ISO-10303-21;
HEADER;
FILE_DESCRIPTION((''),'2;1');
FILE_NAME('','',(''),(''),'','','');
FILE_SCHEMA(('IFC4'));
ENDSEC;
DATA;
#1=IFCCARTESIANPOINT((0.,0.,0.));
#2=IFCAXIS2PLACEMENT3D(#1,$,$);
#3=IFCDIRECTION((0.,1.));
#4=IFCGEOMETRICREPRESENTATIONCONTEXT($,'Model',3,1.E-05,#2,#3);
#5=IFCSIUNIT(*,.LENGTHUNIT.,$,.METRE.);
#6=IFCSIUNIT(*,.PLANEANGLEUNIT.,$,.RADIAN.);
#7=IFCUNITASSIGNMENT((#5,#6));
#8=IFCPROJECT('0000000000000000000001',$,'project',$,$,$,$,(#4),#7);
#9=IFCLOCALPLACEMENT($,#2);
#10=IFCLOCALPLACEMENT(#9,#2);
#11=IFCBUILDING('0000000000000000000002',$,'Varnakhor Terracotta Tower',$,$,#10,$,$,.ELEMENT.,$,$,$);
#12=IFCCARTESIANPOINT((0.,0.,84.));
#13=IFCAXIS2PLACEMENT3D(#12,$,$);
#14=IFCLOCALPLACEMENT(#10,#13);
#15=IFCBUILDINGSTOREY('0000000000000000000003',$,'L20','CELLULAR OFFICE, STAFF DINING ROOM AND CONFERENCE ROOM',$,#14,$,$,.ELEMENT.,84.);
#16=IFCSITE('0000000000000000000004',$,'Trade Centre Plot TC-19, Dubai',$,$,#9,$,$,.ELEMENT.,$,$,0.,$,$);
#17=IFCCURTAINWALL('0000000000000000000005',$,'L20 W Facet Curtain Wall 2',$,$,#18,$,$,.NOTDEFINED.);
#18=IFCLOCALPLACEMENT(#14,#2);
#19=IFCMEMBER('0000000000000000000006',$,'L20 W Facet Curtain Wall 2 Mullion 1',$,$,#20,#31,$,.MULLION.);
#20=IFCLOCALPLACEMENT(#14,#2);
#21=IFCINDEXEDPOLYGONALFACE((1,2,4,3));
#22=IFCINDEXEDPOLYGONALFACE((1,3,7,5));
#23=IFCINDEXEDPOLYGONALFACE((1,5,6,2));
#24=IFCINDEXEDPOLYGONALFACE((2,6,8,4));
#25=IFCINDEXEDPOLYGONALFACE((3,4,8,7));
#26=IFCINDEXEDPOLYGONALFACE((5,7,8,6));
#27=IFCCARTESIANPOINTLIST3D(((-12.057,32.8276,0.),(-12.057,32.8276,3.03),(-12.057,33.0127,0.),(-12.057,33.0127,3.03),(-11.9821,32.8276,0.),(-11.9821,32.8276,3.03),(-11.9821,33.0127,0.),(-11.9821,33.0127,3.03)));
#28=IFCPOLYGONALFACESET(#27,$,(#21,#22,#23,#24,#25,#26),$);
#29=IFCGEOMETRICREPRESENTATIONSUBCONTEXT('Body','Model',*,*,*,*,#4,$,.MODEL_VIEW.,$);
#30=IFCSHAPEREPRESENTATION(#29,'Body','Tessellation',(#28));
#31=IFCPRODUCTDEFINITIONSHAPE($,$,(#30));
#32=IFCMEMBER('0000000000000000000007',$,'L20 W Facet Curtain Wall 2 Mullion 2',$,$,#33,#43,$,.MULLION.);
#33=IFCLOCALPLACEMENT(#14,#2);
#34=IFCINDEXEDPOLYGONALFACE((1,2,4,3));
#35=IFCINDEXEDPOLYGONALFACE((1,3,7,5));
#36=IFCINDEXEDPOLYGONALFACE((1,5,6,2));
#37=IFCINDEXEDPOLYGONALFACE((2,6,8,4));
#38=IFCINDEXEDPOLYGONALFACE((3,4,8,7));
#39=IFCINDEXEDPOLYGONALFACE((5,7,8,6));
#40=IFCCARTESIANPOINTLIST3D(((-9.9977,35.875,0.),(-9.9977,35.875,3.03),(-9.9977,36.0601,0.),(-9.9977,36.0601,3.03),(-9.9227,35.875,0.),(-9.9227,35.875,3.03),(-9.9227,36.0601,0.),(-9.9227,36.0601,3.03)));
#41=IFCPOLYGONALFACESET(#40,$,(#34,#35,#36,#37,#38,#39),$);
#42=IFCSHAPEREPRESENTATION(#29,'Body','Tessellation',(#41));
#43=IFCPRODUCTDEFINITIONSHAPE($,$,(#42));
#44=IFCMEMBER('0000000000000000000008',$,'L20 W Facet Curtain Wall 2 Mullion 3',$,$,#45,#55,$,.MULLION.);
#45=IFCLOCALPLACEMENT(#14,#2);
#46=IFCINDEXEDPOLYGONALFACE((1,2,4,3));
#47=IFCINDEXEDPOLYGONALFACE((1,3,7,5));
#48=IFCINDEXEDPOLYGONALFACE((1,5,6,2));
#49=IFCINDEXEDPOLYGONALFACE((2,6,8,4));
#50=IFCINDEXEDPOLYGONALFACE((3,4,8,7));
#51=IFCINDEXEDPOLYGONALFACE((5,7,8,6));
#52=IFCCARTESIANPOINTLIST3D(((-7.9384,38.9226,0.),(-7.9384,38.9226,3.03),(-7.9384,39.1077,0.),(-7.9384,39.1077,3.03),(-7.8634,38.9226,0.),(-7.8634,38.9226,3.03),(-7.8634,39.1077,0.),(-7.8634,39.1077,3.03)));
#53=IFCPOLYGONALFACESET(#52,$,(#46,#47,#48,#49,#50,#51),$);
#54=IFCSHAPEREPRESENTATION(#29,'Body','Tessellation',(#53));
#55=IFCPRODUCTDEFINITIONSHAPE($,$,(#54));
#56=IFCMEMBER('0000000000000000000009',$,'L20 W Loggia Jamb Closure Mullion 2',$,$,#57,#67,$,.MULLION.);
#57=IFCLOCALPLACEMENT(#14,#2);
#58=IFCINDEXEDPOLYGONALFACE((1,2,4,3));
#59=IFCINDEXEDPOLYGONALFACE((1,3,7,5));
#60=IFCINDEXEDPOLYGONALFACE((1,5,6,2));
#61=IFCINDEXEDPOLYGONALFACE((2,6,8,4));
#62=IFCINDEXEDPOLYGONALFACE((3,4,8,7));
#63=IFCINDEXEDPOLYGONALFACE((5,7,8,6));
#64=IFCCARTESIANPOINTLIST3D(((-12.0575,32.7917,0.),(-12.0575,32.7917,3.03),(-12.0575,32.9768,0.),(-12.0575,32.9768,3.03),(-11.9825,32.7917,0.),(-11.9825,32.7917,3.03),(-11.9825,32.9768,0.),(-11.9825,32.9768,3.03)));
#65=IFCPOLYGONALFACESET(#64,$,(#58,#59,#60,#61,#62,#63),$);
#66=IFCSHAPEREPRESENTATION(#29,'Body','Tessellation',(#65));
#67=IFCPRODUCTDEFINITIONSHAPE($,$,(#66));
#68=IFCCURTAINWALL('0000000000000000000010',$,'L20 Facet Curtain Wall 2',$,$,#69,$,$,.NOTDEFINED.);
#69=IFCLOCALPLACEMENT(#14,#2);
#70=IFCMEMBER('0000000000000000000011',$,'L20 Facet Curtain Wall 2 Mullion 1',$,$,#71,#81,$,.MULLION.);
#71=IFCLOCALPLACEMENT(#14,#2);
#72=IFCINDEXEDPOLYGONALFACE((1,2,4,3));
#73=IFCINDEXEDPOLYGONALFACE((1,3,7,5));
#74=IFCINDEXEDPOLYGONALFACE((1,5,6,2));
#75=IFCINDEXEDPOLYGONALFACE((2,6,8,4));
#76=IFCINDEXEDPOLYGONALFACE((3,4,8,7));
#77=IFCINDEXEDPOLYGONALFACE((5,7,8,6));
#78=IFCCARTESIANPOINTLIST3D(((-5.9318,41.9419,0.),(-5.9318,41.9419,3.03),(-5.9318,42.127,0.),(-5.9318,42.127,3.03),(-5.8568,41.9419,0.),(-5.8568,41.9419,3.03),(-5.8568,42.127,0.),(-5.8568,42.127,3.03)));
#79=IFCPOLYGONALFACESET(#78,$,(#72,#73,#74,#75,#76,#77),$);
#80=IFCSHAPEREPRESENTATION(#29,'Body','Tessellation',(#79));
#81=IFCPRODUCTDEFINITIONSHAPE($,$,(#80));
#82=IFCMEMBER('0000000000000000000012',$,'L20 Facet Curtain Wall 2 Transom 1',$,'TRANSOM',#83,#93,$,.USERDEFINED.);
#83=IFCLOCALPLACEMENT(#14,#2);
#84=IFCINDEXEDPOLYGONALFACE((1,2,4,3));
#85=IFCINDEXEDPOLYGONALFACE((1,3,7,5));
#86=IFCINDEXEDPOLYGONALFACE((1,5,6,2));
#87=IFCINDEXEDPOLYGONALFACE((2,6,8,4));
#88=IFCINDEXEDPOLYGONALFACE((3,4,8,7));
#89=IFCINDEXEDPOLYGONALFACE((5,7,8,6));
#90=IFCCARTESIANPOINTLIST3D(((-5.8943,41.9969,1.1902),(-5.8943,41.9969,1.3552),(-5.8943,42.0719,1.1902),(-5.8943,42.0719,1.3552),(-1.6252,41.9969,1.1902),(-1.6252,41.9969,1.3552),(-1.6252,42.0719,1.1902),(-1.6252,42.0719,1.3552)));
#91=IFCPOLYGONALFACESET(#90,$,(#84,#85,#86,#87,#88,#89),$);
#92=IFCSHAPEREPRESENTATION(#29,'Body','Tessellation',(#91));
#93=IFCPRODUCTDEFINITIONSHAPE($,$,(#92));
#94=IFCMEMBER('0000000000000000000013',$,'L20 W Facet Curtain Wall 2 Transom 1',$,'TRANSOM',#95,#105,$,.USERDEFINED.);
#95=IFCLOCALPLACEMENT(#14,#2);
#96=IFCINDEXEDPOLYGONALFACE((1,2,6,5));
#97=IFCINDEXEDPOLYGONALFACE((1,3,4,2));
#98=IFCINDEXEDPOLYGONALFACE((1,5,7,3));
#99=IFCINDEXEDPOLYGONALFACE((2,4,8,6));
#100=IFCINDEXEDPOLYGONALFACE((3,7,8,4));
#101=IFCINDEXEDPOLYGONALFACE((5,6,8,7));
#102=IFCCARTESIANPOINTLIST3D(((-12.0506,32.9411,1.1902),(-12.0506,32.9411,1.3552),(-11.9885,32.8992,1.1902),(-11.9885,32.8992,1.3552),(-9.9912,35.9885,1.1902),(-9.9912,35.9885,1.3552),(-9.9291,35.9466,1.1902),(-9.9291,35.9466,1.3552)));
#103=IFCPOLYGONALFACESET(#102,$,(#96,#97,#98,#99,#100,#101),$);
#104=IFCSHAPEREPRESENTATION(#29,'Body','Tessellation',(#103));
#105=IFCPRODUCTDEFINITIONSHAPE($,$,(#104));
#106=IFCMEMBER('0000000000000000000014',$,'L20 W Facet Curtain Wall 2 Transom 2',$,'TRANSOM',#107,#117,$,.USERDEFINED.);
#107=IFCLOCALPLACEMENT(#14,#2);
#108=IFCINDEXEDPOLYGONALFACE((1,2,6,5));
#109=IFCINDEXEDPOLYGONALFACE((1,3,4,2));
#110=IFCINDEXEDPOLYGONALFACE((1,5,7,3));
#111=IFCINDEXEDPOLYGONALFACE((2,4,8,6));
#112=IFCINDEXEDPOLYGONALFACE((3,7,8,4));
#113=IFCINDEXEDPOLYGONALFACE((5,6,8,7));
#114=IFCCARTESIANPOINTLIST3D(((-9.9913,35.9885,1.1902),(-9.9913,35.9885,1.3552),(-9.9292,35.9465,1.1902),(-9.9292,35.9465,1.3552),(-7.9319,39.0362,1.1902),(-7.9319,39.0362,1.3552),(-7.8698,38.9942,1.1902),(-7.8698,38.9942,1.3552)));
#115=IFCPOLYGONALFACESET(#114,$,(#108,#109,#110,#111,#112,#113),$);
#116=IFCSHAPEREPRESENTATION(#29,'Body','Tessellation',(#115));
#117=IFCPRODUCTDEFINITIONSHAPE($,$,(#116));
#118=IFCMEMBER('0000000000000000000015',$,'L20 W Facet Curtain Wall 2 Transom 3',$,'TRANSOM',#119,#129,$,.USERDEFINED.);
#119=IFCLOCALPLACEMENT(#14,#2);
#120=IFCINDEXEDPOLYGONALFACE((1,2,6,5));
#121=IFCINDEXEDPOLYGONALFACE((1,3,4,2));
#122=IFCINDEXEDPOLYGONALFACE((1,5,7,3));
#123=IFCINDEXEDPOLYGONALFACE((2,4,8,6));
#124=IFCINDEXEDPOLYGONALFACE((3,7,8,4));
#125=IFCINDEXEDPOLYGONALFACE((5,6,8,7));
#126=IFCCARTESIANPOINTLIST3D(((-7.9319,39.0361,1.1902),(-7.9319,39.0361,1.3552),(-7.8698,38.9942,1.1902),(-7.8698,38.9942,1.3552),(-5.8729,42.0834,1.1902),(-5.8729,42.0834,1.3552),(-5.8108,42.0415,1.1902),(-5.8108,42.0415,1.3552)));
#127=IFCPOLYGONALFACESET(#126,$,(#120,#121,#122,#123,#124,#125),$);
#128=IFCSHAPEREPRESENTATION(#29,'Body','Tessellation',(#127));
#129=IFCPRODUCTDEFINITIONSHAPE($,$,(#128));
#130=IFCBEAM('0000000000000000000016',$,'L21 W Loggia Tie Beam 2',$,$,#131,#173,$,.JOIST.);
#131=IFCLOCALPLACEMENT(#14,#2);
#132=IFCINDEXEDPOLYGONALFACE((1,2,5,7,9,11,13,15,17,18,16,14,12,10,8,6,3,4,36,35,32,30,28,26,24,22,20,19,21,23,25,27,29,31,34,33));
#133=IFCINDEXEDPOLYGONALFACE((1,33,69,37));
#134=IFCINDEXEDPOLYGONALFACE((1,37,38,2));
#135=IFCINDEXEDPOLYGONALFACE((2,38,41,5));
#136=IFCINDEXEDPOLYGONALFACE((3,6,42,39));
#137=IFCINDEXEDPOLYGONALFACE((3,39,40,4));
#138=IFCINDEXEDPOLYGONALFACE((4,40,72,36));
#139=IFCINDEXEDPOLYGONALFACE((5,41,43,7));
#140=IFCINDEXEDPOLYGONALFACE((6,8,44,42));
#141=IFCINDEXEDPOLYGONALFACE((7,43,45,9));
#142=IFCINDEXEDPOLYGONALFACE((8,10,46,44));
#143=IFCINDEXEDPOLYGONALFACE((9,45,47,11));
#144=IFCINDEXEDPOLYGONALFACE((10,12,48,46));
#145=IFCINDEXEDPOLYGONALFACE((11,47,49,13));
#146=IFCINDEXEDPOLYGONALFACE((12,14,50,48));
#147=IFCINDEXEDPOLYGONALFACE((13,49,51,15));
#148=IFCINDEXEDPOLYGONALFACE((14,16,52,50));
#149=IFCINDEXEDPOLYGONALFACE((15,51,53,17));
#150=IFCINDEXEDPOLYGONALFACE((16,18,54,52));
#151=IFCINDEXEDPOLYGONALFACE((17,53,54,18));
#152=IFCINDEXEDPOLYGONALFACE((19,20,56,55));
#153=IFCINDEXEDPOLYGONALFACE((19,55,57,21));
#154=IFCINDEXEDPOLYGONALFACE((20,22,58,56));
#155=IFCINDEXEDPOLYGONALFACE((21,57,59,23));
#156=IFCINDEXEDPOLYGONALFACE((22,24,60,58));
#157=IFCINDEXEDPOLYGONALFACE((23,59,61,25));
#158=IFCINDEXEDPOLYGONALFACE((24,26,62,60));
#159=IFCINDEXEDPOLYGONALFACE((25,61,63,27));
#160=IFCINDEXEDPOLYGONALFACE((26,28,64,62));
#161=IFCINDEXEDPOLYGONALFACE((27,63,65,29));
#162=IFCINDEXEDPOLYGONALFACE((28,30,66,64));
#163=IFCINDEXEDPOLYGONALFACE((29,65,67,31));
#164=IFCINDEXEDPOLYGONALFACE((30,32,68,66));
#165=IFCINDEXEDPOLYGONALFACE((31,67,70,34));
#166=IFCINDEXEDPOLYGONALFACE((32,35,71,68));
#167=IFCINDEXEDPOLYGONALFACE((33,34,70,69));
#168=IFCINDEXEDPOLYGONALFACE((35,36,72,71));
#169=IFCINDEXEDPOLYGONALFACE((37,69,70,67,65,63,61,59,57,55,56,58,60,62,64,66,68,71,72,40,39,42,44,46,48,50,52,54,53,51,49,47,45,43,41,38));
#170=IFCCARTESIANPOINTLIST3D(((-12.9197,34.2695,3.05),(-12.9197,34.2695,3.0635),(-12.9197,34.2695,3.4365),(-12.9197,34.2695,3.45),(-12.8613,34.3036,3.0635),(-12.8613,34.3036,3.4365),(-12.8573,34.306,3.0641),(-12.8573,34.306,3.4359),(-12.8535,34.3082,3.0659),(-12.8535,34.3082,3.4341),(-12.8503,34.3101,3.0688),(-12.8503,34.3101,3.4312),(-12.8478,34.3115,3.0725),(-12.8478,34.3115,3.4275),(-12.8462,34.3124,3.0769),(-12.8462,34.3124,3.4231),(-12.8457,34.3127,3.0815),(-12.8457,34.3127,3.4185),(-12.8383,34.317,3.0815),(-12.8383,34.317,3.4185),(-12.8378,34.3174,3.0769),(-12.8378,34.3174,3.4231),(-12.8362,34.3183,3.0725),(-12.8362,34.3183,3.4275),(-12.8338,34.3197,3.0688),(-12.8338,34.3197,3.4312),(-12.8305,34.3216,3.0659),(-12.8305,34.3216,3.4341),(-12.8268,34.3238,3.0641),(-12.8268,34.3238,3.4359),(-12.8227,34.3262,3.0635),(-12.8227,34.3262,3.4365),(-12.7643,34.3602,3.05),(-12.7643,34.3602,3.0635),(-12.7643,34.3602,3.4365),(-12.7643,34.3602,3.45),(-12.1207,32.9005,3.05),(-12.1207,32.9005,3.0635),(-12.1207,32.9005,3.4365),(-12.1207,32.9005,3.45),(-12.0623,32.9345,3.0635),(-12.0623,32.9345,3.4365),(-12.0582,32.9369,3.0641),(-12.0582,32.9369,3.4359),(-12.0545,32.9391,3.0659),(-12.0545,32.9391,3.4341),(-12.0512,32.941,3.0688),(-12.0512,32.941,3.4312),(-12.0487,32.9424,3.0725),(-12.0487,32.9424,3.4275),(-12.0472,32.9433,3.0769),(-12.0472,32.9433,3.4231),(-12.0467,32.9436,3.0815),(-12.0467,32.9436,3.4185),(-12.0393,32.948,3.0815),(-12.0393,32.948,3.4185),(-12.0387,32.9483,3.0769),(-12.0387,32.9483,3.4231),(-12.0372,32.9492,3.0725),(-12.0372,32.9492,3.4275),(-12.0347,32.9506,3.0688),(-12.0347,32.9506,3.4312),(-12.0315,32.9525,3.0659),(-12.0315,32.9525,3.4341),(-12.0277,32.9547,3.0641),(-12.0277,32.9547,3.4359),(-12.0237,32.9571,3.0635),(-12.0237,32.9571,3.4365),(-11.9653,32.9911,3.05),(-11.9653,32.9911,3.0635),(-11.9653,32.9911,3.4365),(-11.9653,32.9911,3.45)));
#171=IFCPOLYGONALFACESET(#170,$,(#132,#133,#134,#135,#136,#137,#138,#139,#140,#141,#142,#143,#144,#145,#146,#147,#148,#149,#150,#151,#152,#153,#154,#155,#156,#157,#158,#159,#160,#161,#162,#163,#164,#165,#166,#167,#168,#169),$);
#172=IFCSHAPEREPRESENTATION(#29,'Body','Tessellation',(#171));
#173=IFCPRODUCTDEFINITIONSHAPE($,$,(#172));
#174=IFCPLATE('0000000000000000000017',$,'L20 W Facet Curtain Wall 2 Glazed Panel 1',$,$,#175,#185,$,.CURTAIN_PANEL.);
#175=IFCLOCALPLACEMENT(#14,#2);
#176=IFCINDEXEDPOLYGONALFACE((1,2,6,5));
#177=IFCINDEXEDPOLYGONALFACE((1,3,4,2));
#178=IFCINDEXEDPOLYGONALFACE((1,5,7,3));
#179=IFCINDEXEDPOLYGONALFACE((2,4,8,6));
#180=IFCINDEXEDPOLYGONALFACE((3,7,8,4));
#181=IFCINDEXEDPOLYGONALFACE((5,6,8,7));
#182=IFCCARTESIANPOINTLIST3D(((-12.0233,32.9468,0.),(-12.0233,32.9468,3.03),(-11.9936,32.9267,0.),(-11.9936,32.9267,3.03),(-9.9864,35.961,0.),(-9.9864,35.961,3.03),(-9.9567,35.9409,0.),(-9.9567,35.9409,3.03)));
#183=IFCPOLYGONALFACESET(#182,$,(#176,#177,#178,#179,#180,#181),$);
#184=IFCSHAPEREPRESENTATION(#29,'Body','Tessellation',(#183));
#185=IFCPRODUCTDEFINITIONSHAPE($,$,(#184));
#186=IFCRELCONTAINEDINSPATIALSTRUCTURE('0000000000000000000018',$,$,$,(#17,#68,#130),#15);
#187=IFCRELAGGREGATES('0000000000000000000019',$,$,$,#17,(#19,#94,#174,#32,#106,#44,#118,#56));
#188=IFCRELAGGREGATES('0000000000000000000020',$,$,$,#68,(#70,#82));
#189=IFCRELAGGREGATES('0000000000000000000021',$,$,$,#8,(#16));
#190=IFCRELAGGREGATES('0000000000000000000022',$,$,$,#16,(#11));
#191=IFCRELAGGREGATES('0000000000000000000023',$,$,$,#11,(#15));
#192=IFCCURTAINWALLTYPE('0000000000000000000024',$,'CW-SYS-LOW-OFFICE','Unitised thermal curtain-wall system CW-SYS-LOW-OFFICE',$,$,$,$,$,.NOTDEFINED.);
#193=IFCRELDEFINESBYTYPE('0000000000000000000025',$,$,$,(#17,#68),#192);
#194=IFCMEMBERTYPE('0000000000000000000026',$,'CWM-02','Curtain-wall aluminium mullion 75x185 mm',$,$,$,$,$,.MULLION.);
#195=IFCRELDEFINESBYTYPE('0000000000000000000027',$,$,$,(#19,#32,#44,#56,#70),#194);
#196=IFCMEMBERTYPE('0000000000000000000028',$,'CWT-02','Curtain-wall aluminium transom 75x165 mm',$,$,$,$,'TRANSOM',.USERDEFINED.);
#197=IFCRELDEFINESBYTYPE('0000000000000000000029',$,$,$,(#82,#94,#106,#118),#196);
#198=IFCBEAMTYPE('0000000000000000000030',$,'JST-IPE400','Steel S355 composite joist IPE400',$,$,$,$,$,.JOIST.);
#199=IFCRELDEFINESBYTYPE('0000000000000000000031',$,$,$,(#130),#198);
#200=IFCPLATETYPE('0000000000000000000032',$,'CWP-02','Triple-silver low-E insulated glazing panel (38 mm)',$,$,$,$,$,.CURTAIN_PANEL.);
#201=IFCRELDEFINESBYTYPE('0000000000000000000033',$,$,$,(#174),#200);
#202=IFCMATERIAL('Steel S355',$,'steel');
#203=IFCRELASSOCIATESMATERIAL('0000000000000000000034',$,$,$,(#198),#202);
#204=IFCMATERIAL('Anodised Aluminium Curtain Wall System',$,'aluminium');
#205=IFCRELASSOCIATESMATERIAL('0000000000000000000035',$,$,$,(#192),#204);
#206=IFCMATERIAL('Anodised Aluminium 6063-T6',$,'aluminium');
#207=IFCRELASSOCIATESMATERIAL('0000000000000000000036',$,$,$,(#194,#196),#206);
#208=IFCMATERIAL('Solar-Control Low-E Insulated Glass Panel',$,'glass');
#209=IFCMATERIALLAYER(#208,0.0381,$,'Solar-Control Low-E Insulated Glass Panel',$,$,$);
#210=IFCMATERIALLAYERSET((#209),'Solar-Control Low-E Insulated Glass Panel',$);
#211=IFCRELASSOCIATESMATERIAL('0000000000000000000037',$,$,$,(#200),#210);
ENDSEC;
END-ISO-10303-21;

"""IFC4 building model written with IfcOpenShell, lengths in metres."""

from ifc_helpers import new_model, si_unit, direction, frame, origin, origin_2d, place, context, subcontext, project, spatial, rectangle, i_section, extrude, source, transform, mapped, material, layer, layer_set, material_profile, profile_set, type_object, type_shapes, element, aggregate, save


model = new_model("IFC4")

# Units and contexts
model_context = context("Model", 3, precision=1e-05, world=origin(), true_north=direction((0.0, 1.0)))
body_context = subcontext(model_context, "Body", "Model", "MODEL_VIEW")
ifc_project = project(units=[si_unit("LENGTHUNIT", "METRE"), si_unit("PLANEANGLEUNIT", "RADIAN")], contexts=[model_context])

# Site, building, storey
site_placement = place(None, origin())
site = spatial("IfcSite", under=ifc_project, at=site_placement, Name="Trade Centre Plot TC-19, Dubai", CompositionType="ELEMENT", RefElevation=0.0)
building_placement = place(site_placement, origin())
building = spatial("IfcBuilding", under=site, at=building_placement, Name="Varnakhor Terracotta Tower", CompositionType="ELEMENT")
storey_placement = place(building_placement, frame((0.0, 0.0, 84.0)))
storey = spatial("IfcBuildingStorey", under=building, at=storey_placement, Name="L20", Description="CELLULAR OFFICE, STAFF DINING ROOM AND CONFERENCE ROOM", CompositionType="ELEMENT", Elevation=84.0)

# Shared definitions
ifc_material_1 = material(Name="Steel S355", Category="steel")
ifc_material_profile_1 = material_profile(ifc_material_1, i_section(OverallWidth=0.1799, OverallDepth=0.3999, WebThickness=0.0085, FlangeThickness=0.0134, FilletRadius=0.0181, at=origin_2d()), Name="IPE400")
ifc_profile_set_1 = profile_set([ifc_material_profile_1], Name="Steel S355")
beam_type_1 = type_object("IfcBeamType", Name="JST-IPE400", Description="Steel S355 composite joist IPE400", PredefinedType="JOIST", material=ifc_profile_set_1)

# Curtain walls, members
ifc_material_2 = material(Name="Anodised Aluminium Curtain Wall System", Category="aluminium")
curtain_wall_type = type_object("IfcCurtainWallType", Name="CW-SYS-LOW-OFFICE", Description="Unitised thermal curtain-wall system CW-SYS-LOW-OFFICE", PredefinedType="NOTDEFINED", material=ifc_material_2)
curtain_wall_1_placement = place(storey_placement, origin())
curtain_wall_1 = element("IfcCurtainWall", 1, at=curtain_wall_1_placement, inside=storey, type_object=curtain_wall_type, Name="L20 W Facet Curtain Wall 2", PredefinedType="NOTDEFINED")
ifc_material_3 = material(Name="Anodised Aluminium 6063-T6", Category="aluminium")
ifc_material_profile_2 = material_profile(ifc_material_3, rectangle(XDim=0.075, YDim=0.1851, at=origin_2d()), Name="ALU MULLION 75x185")
ifc_profile_set_2 = profile_set([ifc_material_profile_2], Name="Anodised Aluminium 6063-T6")
member_type_1 = type_object("IfcMemberType", Name="CWM-02", Description="Curtain-wall aluminium mullion 75x185 mm", PredefinedType="MULLION", material=ifc_profile_set_2)
shared_shape_1 = source(origin(), body_context, "Body", "SweptSolid", [
    extrude(rectangle(XDim=0.075, YDim=0.1851, at=origin_2d()), origin(), (0.0, 0.0, 1.0), 3.03),
])
type_shapes(member_type_1, [shared_shape_1])
member_1_placement = place(storey_placement, frame((-12.0195, 32.9202, 0.0), z_axis=(0.0, 0.0, 1.0), x_axis=(1.0, 0.0, 0.0)))
member_1 = element("IfcMember", 2, at=member_1_placement, type_object=member_type_1, Name="L20 W Facet Curtain Wall 2 Mullion 1", PredefinedType="MULLION", context=body_context, shape_type="MappedRepresentation", body=[
    mapped(shared_shape_1, transform((0.0, 0.0, 0.0), scale=1.0)),
])
member_2_placement = place(storey_placement, frame((-9.9602, 35.9675, 0.0), z_axis=(0.0, 0.0, 1.0), x_axis=(1.0, 0.0, 0.0)))
member_2 = element("IfcMember", 3, at=member_2_placement, type_object=member_type_1, Name="L20 W Facet Curtain Wall 2 Mullion 2", PredefinedType="MULLION", context=body_context, shape_type="MappedRepresentation", body=[
    mapped(shared_shape_1, transform((0.0, 0.0, 0.0), scale=1.0)),
])
member_3_placement = place(storey_placement, frame((-7.9009, 39.0151, 0.0), z_axis=(0.0, 0.0, 1.0), x_axis=(1.0, 0.0, 0.0)))
member_3 = element("IfcMember", 4, at=member_3_placement, type_object=member_type_1, Name="L20 W Facet Curtain Wall 2 Mullion 3", PredefinedType="MULLION", context=body_context, shape_type="MappedRepresentation", body=[
    mapped(shared_shape_1, transform((0.0, 0.0, 0.0), scale=1.0)),
])
member_4_placement = place(storey_placement, frame((-12.02, 32.8843, 0.0), z_axis=(0.0, 0.0, 1.0), x_axis=(1.0, 0.0, 0.0)))
member_4 = element("IfcMember", 5, at=member_4_placement, type_object=member_type_1, Name="L20 W Loggia Jamb Closure Mullion 2", PredefinedType="MULLION", context=body_context, shape_type="MappedRepresentation", body=[
    mapped(shared_shape_1, transform((0.0, 0.0, 0.0), scale=1.0)),
])
curtain_wall_2_placement = place(storey_placement, origin())
curtain_wall_2 = element("IfcCurtainWall", 6, at=curtain_wall_2_placement, inside=storey, type_object=curtain_wall_type, Name="L20 Facet Curtain Wall 2", PredefinedType="NOTDEFINED")
member_5_placement = place(storey_placement, frame((-5.8943, 42.0344, 0.0), z_axis=(0.0, 0.0, 1.0), x_axis=(1.0, 0.0, 0.0)))
member_5 = element("IfcMember", 7, at=member_5_placement, type_object=member_type_1, Name="L20 Facet Curtain Wall 2 Mullion 1", PredefinedType="MULLION", context=body_context, shape_type="MappedRepresentation", body=[
    mapped(shared_shape_1, transform((0.0, 0.0, 0.0), scale=1.0)),
])
ifc_material_profile_3 = material_profile(ifc_material_3, rectangle(XDim=0.075, YDim=0.165, at=origin_2d()), Name="ALU TRANSOM 75x165")
ifc_profile_set_3 = profile_set([ifc_material_profile_3], Name="Anodised Aluminium 6063-T6")
member_type_2 = type_object("IfcMemberType", Name="CWT-02", Description="Curtain-wall aluminium transom 75x165 mm", ElementType="TRANSOM", PredefinedType="USERDEFINED", material=ifc_profile_set_3)
shared_shape_2 = source(origin(), body_context, "Body", "SweptSolid", [
    extrude(rectangle(XDim=0.075, YDim=0.165, at=origin_2d()), origin(), (0.0, 0.0, 1.0), 4.269),
])
member_6_placement = place(storey_placement, frame((-5.8943, 42.0344, 1.2727), z_axis=(1.0, 0.0, 0.0), x_axis=(0.0, 1.0, 0.0)))
member_6 = element("IfcMember", 8, at=member_6_placement, type_object=member_type_2, Name="L20 Facet Curtain Wall 2 Transom 1", ObjectType="TRANSOM", PredefinedType="USERDEFINED", context=body_context, shape_type="MappedRepresentation", body=[
    mapped(shared_shape_2, transform((0.0, 0.0, 0.0), scale=1.0)),
])

# Members
shared_shape_3 = source(origin(), body_context, "Body", "SweptSolid", [
    extrude(rectangle(XDim=0.075, YDim=0.165, at=origin_2d()), origin(), (0.0, 0.0, 1.0), 3.678),
])
member_7_placement = place(storey_placement, frame((-12.0195, 32.9202, 1.2727), z_axis=(0.559913, 0.828552, 0.0), x_axis=(-0.828552, 0.559913, 0.0)))
member_7 = element("IfcMember", 9, at=member_7_placement, type_object=member_type_2, Name="L20 W Facet Curtain Wall 2 Transom 1", ObjectType="TRANSOM", PredefinedType="USERDEFINED", context=body_context, shape_type="MappedRepresentation", body=[
    mapped(shared_shape_3, transform((0.0, 0.0, 0.0), scale=1.0)),
])
shared_shape_4 = source(origin(), body_context, "Body", "SweptSolid", [
    extrude(rectangle(XDim=0.075, YDim=0.165, at=origin_2d()), origin(), (0.0, 0.0, 1.0), 3.6782),
])
member_8_placement = place(storey_placement, frame((-9.9602, 35.9675, 1.2727), z_axis=(0.559882, 0.828572, 0.0), x_axis=(-0.828572, 0.559882, 0.0)))
member_8 = element("IfcMember", 10, at=member_8_placement, type_object=member_type_2, Name="L20 W Facet Curtain Wall 2 Transom 2", ObjectType="TRANSOM", PredefinedType="USERDEFINED", context=body_context, shape_type="MappedRepresentation", body=[
    mapped(shared_shape_4, transform((0.0, 0.0, 0.0), scale=1.0)),
])
shared_shape_5 = source(origin(), body_context, "Body", "SweptSolid", [
    extrude(rectangle(XDim=0.075, YDim=0.165, at=origin_2d()), origin(), (0.0, 0.0, 1.0), 3.6777),
])
member_9_placement = place(storey_placement, frame((-7.9009, 39.0151, 1.2727), z_axis=(0.559867, 0.828582, 0.0), x_axis=(-0.828582, 0.559867, 0.0)))
member_9 = element("IfcMember", 11, at=member_9_placement, type_object=member_type_2, Name="L20 W Facet Curtain Wall 2 Transom 3", ObjectType="TRANSOM", PredefinedType="USERDEFINED", context=body_context, shape_type="MappedRepresentation", body=[
    mapped(shared_shape_5, transform((0.0, 0.0, 0.0), scale=1.0)),
])

# Beam
shared_shape_6 = source(origin(), body_context, "Body", "SweptSolid", [
    extrude(i_section(OverallWidth=0.1799, OverallDepth=0.3999, WebThickness=0.0085, FlangeThickness=0.0134, FilletRadius=0.0181, at=origin_2d()), origin(), (0.0, 0.0, 1.0), 1.5852),
])
beam_1_placement = place(storey_placement, frame((-12.043, 32.9458, 3.25), z_axis=(-0.504063, 0.863667, 0.0), x_axis=(-0.863667, -0.504063, 0.0)))
element("IfcBeam", 12, at=beam_1_placement, inside=storey, type_object=beam_type_1, Name="L21 W Loggia Tie Beam 2", PredefinedType="JOIST", context=body_context, shape_type="MappedRepresentation", body=[
    mapped(shared_shape_6, transform((0.0, 0.0, 0.0), scale=1.0)),
])

# Plate
ifc_material_4 = material(Name="Solar-Control Low-E Insulated Glass Panel", Category="glass")
ifc_layer_1 = layer(ifc_material_4, 0.0381, Name="Solar-Control Low-E Insulated Glass Panel")
ifc_layer_set_1 = layer_set([ifc_layer_1], Name="Solar-Control Low-E Insulated Glass Panel")
plate_type = type_object("IfcPlateType", Name="CWP-02", Description="Triple-silver low-E insulated glazing panel (38 mm)", PredefinedType="CURTAIN_PANEL", material=ifc_layer_set_1)
shared_shape_7 = source(origin(), body_context, "Body", "SweptSolid", [
    extrude(rectangle(XDim=3.6379, YDim=0.0359, at=origin_2d()), origin(), (0.0, 0.0, 1.0), 3.03),
])
plate_1_placement = place(storey_placement, frame((-10.99, 34.4438, 0.0), z_axis=(0.0, 0.0, 1.0), x_axis=(0.559902, 0.828559, 0.0)))
plate_1 = element("IfcPlate", 13, at=plate_1_placement, type_object=plate_type, Name="L20 W Facet Curtain Wall 2 Glazed Panel 1", PredefinedType="CURTAIN_PANEL", context=body_context, shape_type="MappedRepresentation", body=[
    mapped(shared_shape_7, transform((0.0, 0.0, 0.0), scale=1.0)),
])
aggregate(curtain_wall_1, [member_1, member_7, plate_1, member_2, member_8, member_3, member_9, member_4])
aggregate(curtain_wall_2, [member_5, member_6])

save(model, "model.ifc")
